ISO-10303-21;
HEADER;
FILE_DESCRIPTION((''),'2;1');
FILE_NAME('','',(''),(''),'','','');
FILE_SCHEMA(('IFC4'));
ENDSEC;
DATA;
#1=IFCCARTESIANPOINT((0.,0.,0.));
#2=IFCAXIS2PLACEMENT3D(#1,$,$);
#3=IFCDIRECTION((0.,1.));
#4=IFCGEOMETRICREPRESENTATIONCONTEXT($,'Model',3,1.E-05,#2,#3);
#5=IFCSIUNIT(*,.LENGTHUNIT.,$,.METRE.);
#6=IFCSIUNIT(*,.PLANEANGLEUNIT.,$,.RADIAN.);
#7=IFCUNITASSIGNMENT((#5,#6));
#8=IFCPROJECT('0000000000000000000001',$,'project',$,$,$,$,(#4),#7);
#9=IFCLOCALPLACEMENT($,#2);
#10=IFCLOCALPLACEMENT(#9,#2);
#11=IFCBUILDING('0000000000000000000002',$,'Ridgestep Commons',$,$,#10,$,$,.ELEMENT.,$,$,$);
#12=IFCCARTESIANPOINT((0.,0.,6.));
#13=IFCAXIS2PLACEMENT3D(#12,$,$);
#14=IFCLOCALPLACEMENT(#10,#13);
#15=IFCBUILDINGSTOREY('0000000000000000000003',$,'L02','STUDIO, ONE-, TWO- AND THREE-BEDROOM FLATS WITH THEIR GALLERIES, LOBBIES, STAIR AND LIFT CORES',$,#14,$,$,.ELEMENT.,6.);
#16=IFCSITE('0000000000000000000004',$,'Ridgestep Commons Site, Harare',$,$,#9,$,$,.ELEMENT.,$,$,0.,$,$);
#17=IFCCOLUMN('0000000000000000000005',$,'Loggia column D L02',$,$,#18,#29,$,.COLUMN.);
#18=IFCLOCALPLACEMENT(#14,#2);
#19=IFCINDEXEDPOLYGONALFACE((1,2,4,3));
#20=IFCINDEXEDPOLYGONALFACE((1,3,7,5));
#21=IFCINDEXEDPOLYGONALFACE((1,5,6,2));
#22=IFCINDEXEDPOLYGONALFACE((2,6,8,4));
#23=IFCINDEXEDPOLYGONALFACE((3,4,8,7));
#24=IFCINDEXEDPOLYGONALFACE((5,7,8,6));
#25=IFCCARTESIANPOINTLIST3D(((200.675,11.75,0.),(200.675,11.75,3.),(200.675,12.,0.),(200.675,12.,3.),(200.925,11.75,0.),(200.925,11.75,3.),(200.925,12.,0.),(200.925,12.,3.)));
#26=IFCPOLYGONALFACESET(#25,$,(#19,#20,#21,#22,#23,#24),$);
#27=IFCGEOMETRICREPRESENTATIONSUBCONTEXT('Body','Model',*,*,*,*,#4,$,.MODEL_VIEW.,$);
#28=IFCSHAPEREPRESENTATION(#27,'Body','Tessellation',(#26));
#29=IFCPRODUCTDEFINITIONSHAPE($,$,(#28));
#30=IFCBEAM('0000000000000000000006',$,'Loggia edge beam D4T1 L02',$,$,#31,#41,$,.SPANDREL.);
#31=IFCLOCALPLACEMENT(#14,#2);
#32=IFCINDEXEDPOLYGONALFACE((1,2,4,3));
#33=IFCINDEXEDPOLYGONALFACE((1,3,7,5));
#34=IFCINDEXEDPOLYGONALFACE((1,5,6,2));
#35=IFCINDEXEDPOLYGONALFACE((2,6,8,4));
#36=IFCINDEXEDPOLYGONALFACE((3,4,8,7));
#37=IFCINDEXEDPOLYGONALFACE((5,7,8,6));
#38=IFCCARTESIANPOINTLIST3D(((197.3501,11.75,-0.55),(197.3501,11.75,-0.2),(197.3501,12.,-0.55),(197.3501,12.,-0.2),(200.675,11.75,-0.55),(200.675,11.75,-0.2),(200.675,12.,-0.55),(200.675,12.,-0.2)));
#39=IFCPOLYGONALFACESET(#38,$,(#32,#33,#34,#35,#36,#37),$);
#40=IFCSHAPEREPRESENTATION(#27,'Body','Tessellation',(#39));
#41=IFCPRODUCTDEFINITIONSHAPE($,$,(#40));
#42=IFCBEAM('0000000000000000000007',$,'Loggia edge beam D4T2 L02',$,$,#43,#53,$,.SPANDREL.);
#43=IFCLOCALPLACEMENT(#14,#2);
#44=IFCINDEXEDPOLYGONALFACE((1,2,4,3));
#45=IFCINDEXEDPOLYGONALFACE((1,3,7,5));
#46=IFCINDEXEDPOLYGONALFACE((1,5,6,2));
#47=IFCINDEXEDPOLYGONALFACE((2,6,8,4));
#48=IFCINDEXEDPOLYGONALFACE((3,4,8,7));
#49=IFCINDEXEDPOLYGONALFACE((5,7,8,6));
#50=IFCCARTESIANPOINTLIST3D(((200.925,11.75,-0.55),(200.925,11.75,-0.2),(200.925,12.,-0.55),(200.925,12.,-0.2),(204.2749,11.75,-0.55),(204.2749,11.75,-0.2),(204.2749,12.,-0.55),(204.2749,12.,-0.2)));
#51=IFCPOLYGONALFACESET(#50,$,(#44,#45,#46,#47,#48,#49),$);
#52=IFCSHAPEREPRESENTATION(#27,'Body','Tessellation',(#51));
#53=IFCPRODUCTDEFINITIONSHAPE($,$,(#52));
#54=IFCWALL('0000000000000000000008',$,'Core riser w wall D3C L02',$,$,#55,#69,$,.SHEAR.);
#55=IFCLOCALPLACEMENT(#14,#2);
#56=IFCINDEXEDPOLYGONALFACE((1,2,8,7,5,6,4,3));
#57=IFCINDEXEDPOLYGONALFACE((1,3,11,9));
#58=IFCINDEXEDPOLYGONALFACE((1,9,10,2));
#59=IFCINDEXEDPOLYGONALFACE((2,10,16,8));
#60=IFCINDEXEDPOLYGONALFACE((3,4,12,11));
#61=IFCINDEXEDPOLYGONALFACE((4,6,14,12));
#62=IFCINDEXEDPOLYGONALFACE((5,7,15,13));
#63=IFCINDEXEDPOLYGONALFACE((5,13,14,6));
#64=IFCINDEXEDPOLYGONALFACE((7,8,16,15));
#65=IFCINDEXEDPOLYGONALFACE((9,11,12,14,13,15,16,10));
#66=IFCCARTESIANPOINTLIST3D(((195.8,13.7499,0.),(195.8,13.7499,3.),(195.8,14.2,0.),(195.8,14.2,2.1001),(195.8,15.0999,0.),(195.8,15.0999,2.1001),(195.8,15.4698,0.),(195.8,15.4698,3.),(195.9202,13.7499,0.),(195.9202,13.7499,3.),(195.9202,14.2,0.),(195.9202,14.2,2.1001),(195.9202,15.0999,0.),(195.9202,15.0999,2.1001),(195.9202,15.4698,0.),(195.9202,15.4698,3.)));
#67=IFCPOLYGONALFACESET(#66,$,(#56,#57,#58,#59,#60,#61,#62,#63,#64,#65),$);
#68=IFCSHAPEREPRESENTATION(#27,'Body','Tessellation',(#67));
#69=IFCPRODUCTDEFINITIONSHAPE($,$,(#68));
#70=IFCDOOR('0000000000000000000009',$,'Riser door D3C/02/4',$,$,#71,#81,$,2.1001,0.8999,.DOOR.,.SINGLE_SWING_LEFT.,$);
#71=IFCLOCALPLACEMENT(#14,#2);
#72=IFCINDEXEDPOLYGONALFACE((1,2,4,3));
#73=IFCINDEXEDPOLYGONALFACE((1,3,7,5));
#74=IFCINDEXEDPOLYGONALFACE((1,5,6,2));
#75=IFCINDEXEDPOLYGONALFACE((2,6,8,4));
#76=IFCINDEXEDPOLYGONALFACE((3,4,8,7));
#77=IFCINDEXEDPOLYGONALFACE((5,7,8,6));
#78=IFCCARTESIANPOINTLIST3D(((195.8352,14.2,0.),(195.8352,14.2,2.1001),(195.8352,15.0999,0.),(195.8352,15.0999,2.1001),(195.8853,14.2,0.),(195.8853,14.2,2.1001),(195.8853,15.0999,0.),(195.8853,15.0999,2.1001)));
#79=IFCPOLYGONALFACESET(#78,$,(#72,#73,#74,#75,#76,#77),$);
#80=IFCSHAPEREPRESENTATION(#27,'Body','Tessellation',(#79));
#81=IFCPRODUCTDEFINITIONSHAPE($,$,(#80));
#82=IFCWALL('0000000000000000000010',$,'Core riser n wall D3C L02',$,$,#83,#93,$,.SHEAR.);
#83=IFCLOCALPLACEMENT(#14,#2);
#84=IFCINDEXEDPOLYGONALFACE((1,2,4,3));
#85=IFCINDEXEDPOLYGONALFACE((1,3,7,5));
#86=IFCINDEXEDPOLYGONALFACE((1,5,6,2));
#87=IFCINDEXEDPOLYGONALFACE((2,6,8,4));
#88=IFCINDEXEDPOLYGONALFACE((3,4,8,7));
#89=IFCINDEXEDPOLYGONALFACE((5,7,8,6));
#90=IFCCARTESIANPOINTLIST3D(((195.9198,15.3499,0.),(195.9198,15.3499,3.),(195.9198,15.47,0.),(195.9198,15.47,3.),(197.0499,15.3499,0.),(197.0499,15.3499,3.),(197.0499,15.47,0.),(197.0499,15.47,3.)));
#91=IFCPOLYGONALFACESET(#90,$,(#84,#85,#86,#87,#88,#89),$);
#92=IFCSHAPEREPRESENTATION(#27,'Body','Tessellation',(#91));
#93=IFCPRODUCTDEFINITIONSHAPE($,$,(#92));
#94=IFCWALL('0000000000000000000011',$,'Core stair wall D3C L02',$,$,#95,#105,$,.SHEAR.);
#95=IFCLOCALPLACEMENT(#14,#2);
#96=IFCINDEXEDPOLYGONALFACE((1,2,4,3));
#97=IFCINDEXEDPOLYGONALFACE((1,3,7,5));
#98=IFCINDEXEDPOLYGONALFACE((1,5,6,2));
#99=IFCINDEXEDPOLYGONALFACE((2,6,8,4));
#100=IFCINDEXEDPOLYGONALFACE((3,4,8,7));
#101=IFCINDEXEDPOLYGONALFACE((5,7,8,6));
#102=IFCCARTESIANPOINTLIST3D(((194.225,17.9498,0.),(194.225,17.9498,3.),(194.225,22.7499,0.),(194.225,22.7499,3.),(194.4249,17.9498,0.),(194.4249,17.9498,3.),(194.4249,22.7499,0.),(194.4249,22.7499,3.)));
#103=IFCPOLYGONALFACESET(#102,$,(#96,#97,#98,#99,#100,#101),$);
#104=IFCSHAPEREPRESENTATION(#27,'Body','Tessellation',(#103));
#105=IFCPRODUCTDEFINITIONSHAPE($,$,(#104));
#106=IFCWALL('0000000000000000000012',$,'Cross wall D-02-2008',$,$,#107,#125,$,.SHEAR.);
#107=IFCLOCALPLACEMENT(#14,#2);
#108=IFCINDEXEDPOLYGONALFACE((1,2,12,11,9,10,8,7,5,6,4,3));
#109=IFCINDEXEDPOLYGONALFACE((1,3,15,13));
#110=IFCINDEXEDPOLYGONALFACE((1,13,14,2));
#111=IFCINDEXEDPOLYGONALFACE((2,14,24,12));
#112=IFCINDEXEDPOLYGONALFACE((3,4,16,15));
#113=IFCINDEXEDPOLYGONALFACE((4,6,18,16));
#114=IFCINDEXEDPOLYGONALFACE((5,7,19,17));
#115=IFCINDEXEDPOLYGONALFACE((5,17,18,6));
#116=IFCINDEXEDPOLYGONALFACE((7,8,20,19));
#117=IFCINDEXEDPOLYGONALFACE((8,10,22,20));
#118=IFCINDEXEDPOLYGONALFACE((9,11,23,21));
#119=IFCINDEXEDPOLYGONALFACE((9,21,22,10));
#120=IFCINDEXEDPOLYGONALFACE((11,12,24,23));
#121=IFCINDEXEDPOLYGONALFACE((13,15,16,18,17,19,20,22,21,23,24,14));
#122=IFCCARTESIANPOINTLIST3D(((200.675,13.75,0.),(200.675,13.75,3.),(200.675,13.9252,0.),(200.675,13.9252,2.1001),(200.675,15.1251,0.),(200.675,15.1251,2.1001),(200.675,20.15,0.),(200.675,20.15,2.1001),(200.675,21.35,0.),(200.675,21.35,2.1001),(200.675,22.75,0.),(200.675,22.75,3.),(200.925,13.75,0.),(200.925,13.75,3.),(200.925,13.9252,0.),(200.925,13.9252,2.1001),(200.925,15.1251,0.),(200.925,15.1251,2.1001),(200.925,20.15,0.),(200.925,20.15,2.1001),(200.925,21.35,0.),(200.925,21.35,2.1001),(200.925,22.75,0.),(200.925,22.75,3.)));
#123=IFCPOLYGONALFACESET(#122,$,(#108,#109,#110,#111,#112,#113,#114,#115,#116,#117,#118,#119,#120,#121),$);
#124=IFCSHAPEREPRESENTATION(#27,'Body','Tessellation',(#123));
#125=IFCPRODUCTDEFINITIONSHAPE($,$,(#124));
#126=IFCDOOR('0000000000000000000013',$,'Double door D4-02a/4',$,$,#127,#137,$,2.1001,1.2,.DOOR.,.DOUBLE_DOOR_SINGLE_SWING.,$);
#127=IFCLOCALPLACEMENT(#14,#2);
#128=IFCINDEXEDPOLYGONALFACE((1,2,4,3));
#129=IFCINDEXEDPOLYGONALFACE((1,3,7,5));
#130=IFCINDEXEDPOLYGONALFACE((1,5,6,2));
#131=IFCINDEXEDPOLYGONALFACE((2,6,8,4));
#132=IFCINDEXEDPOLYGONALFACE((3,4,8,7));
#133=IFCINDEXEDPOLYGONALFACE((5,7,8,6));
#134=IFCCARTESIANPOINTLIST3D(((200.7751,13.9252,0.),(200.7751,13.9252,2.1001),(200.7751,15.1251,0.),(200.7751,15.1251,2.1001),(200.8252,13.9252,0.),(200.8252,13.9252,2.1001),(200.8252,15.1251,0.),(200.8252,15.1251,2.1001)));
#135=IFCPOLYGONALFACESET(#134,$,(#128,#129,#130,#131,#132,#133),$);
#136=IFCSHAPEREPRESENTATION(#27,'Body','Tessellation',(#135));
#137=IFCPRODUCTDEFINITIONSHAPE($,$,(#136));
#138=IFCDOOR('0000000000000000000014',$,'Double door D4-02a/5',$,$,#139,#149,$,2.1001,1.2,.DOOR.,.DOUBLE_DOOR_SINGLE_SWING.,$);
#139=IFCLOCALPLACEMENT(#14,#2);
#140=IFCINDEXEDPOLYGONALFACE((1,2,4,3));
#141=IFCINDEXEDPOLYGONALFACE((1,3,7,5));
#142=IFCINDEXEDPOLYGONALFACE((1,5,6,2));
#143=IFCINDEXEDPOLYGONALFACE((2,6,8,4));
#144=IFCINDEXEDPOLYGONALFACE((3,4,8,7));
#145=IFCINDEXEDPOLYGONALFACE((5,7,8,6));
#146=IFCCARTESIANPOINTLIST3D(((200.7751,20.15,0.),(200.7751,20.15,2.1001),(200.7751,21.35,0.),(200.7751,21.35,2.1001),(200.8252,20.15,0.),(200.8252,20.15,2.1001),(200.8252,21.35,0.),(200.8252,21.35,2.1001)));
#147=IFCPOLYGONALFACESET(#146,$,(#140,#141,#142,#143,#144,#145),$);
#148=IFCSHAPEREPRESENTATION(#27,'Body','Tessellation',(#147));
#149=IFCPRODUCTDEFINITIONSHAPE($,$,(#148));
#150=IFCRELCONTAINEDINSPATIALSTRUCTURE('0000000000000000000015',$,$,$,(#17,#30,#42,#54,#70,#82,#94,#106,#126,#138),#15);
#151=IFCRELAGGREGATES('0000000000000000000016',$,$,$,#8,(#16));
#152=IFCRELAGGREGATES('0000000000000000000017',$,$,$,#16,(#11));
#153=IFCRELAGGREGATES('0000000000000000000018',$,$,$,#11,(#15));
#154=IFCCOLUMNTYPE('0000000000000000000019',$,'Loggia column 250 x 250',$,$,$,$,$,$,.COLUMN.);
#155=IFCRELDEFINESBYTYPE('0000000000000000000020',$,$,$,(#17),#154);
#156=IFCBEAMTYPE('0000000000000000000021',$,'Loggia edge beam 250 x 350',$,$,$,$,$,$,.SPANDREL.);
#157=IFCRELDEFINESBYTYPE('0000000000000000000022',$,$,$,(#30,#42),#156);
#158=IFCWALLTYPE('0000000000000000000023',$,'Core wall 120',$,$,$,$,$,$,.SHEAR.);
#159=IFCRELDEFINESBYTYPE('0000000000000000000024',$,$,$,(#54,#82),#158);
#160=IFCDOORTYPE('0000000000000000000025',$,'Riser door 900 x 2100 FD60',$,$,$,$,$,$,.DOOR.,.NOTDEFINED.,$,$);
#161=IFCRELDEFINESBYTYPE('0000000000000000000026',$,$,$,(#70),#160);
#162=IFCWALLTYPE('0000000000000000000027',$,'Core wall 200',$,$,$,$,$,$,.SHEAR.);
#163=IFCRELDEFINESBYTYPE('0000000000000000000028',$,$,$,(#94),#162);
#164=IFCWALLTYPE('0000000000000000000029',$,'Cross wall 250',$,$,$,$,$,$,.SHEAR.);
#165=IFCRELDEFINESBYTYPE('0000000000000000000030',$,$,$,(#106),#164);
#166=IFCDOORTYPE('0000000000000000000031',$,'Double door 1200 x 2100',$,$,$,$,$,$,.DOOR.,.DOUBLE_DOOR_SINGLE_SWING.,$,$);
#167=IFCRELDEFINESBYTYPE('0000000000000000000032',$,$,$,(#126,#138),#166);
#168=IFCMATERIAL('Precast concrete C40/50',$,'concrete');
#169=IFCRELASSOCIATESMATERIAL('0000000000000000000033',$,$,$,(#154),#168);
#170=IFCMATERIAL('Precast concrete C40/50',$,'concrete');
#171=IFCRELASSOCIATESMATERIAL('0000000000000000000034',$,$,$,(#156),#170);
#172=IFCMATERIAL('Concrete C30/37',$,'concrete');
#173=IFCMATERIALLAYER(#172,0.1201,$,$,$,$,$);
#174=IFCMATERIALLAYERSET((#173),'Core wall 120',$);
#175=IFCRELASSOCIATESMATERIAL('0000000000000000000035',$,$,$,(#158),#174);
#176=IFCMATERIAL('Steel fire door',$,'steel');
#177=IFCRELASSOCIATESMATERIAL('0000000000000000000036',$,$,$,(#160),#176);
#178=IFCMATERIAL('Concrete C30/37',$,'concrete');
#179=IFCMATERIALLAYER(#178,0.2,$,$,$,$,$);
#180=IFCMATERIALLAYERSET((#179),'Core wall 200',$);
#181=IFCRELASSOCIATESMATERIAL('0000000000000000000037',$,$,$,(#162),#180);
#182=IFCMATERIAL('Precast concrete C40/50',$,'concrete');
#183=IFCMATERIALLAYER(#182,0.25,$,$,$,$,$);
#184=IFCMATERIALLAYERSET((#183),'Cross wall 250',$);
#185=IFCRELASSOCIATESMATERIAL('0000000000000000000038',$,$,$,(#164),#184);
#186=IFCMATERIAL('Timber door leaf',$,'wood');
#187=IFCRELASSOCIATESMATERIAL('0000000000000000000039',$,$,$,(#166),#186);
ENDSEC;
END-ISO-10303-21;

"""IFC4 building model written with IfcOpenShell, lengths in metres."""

from ifc_helpers import new_model, si_unit, direction, frame, frame_2d, origin, origin_2d, place, context, subcontext, project, spatial, rectangle, extrude, material, layer, layer_set, material_profile, profile_set, type_object, element, fill, save


model = new_model("IFC4")

# Units and contexts
model_context = context("Model", 3, precision=1e-05, world=origin(), true_north=direction((0.0, 1.0)))
body_context = subcontext(model_context, "Body", "Model", "MODEL_VIEW")
ifc_project = project(units=[si_unit("LENGTHUNIT", "METRE"), si_unit("PLANEANGLEUNIT", "RADIAN")], contexts=[model_context])

# Site, building, storey
site_placement = place(None, origin())
site = spatial("IfcSite", under=ifc_project, at=site_placement, Name="Ridgestep Commons Site, Harare", CompositionType="ELEMENT", RefElevation=0.0)
building_placement = place(site_placement, origin())
building = spatial("IfcBuilding", under=site, at=building_placement, Name="Ridgestep Commons", CompositionType="ELEMENT")
storey_placement = place(building_placement, frame((0.0, 0.0, 6.0)))
storey = spatial("IfcBuildingStorey", under=building, at=storey_placement, Name="L02", Description="STUDIO, ONE-, TWO- AND THREE-BEDROOM FLATS WITH THEIR GALLERIES, LOBBIES, STAIR AND LIFT CORES", CompositionType="ELEMENT", Elevation=6.0)

# Column
ifc_material_1 = material(Name="Precast concrete C40/50", Category="concrete")
ifc_material_profile_1 = material_profile(ifc_material_1, rectangle(XDim=0.25, YDim=0.25, at=origin_2d()), Name="PC 250x250")
ifc_profile_set_1 = profile_set([ifc_material_profile_1], Name="Precast concrete C40/50")
column_type = type_object("IfcColumnType", Name="Loggia column 250 x 250", PredefinedType="COLUMN", material=ifc_profile_set_1)
column_placement = place(storey_placement, frame((200.8, 11.875, 0.0), z_axis=(0.0, 0.0, 1.0), x_axis=(1.0, 0.0, 0.0)))
element("IfcColumn", 1, at=column_placement, inside=storey, type_object=column_type, Name="Loggia column D L02", PredefinedType="COLUMN", context=body_context, shape_type="SweptSolid", body=[
    extrude(rectangle(XDim=0.25, YDim=0.25, at=origin_2d()), origin(), (0.0, 0.0, 1.0), 3.0),
])

# Beams
ifc_material_2 = material(Name="Precast concrete C40/50", Category="concrete")
ifc_material_profile_2 = material_profile(ifc_material_2, rectangle(XDim=0.25, YDim=0.3501, at=origin_2d()), Name="PC 250x350")
ifc_profile_set_2 = profile_set([ifc_material_profile_2], Name="Precast concrete C40/50")
beam_type = type_object("IfcBeamType", Name="Loggia edge beam 250 x 350", PredefinedType="SPANDREL", material=ifc_profile_set_2)
beam_1_placement = place(storey_placement, frame((197.3501, 11.875, -0.375), z_axis=(1.0, 0.0, 0.0), x_axis=(0.0, 1.0, 0.0)))
element("IfcBeam", 2, at=beam_1_placement, inside=storey, type_object=beam_type, Name="Loggia edge beam D4T1 L02", PredefinedType="SPANDREL", context=body_context, shape_type="SweptSolid", body=[
    extrude(rectangle(XDim=0.25, YDim=0.3501, at=origin_2d()), origin(), (0.0, 0.0, 1.0), 3.325),
])
beam_2_placement = place(storey_placement, frame((200.925, 11.875, -0.375), z_axis=(1.0, 0.0, 0.0), x_axis=(0.0, 1.0, 0.0)))
element("IfcBeam", 3, at=beam_2_placement, inside=storey, type_object=beam_type, Name="Loggia edge beam D4T2 L02", PredefinedType="SPANDREL", context=body_context, shape_type="SweptSolid", body=[
    extrude(rectangle(XDim=0.25, YDim=0.3501, at=origin_2d()), origin(), (0.0, 0.0, 1.0), 3.3499),
])

# Wall, opening, door
ifc_material_3 = material(Name="Concrete C30/37", Category="concrete")
ifc_layer_1 = layer(ifc_material_3, 0.1201)
ifc_layer_set_1 = layer_set([ifc_layer_1], Name="Core wall 120")
wall_type_1 = type_object("IfcWallType", Name="Core wall 120", PredefinedType="SHEAR", material=ifc_layer_set_1)
wall_1_placement = place(storey_placement, frame((195.8601, 13.75, 0.0), z_axis=(0.0, 0.0, 1.0), x_axis=(0.0, 1.0, 0.0)))
wall_1 = element("IfcWall", 4, at=wall_1_placement, inside=storey, type_object=wall_type_1, Name="Core riser w wall D3C L02", PredefinedType="SHEAR", context=body_context, shape_type="SweptSolid", body=[
    extrude(rectangle(XDim=1.72, YDim=0.1201, at=frame_2d((0.8599, 0.0))), origin(), (0.0, 0.0, 1.0), 3.0),
])
opening_1_placement = place(wall_1_placement, frame((0.45, 0.0, 0.0)))
opening_1 = element("IfcOpeningElement", 5, at=opening_1_placement, cuts=wall_1, PredefinedType="OPENING", context=body_context, shape_type="SweptSolid", body=[
    extrude(rectangle(XDim=0.8999, YDim=2.1001, at=frame_2d((0.45, 1.05))), frame((0.0, 0.0701, 0.0), z_axis=(0.0, -1.0, 0.0), x_axis=(1.0, 0.0, 0.0)), (0.0, 0.0, 1.0), 0.1401),
])
ifc_material_4 = material(Name="Steel fire door", Category="steel")
door_type_1 = type_object("IfcDoorType", Name="Riser door 900 x 2100 FD60", OperationType="NOTDEFINED", PredefinedType="DOOR", material=ifc_material_4)
door_1_placement = place(opening_1_placement, origin())
door_1 = element("IfcDoor", 6, at=door_1_placement, inside=storey, type_object=door_type_1, Name="Riser door D3C/02/4", OperationType="SINGLE_SWING_LEFT", OverallHeight=2.1001, OverallWidth=0.8999, PredefinedType="DOOR", context=body_context, shape_type="SweptSolid", body=[
    extrude(rectangle(XDim=0.8999, YDim=2.1001, at=frame_2d((0.45, 1.05))), frame((0.0, 0.0249, 0.0), z_axis=(0.0, -1.0, 0.0), x_axis=(1.0, 0.0, 0.0)), (0.0, 0.0, 1.0), 0.05),
])
fill(opening_1, door_1)

# Walls
wall_2_placement = place(storey_placement, frame((195.9199, 15.4099, 0.0), z_axis=(0.0, 0.0, 1.0), x_axis=(1.0, 0.0, 0.0)))
element("IfcWall", 7, at=wall_2_placement, inside=storey, type_object=wall_type_1, Name="Core riser n wall D3C L02", PredefinedType="SHEAR", context=body_context, shape_type="SweptSolid", body=[
    extrude(rectangle(XDim=1.1301, YDim=0.1201, at=frame_2d((0.5649, 0.0))), origin(), (0.0, 0.0, 1.0), 3.0),
])
ifc_material_5 = material(Name="Concrete C30/37", Category="concrete")
ifc_layer_2 = layer(ifc_material_5, 0.2)
ifc_layer_set_2 = layer_set([ifc_layer_2], Name="Core wall 200")
wall_type_2 = type_object("IfcWallType", Name="Core wall 200", PredefinedType="SHEAR", material=ifc_layer_set_2)
wall_3_placement = place(storey_placement, frame((194.325, 17.95, 0.0), z_axis=(0.0, 0.0, 1.0), x_axis=(0.0, 1.0, 0.0)))
element("IfcWall", 8, at=wall_3_placement, inside=storey, type_object=wall_type_2, Name="Core stair wall D3C L02", PredefinedType="SHEAR", context=body_context, shape_type="SweptSolid", body=[
    extrude(rectangle(XDim=4.8, YDim=0.2, at=frame_2d((2.3999, 0.0))), origin(), (0.0, 0.0, 1.0), 3.0),
])

# Wall, openings, doors
ifc_material_6 = material(Name="Precast concrete C40/50", Category="concrete")
ifc_layer_3 = layer(ifc_material_6, 0.25)
ifc_layer_set_3 = layer_set([ifc_layer_3], Name="Cross wall 250")
wall_type_3 = type_object("IfcWallType", Name="Cross wall 250", PredefinedType="SHEAR", material=ifc_layer_set_3)
wall_4_placement = place(storey_placement, frame((200.8, 13.75, 0.0), z_axis=(0.0, 0.0, 1.0), x_axis=(0.0, 1.0, 0.0)))
wall_4 = element("IfcWall", 9, at=wall_4_placement, inside=storey, type_object=wall_type_3, Name="Cross wall D-02-2008", PredefinedType="SHEAR", context=body_context, shape_type="SweptSolid", body=[
    extrude(rectangle(XDim=9.0, YDim=0.25, at=frame_2d((4.5, 0.0))), origin(), (0.0, 0.0, 1.0), 3.0),
])
opening_2_placement = place(wall_4_placement, frame((0.175, 0.0, 0.0)))
opening_2 = element("IfcOpeningElement", 10, at=opening_2_placement, cuts=wall_4, PredefinedType="OPENING", context=body_context, shape_type="SweptSolid", body=[
    extrude(rectangle(XDim=1.2, YDim=2.1001, at=frame_2d((0.6001, 1.05))), frame((0.0, 0.135, 0.0), z_axis=(0.0, -1.0, 0.0), x_axis=(1.0, 0.0, 0.0)), (0.0, 0.0, 1.0), 0.27),
])
opening_3_placement = place(wall_4_placement, frame((6.3999, 0.0, 0.0)))
opening_3 = element("IfcOpeningElement", 11, at=opening_3_placement, cuts=wall_4, PredefinedType="OPENING", context=body_context, shape_type="SweptSolid", body=[
    extrude(rectangle(XDim=1.2, YDim=2.1001, at=frame_2d((0.6001, 1.05))), frame((0.0, 0.135, 0.0), z_axis=(0.0, -1.0, 0.0), x_axis=(1.0, 0.0, 0.0)), (0.0, 0.0, 1.0), 0.27),
])
ifc_material_7 = material(Name="Timber door leaf", Category="wood")
door_type_2 = type_object("IfcDoorType", Name="Double door 1200 x 2100", OperationType="DOUBLE_DOOR_SINGLE_SWING", PredefinedType="DOOR", material=ifc_material_7)
door_2_placement = place(opening_2_placement, origin())
door_2 = element("IfcDoor", 12, at=door_2_placement, inside=storey, type_object=door_type_2, Name="Double door D4-02a/4", OperationType="DOUBLE_DOOR_SINGLE_SWING", OverallHeight=2.1001, OverallWidth=1.2, PredefinedType="DOOR", context=body_context, shape_type="SweptSolid", body=[
    extrude(rectangle(XDim=1.2, YDim=2.1001, at=frame_2d((0.6001, 1.05))), frame((0.0, 0.0249, 0.0), z_axis=(0.0, -1.0, 0.0), x_axis=(1.0, 0.0, 0.0)), (0.0, 0.0, 1.0), 0.05),
])
fill(opening_2, door_2)
door_3_placement = place(opening_3_placement, origin())
door_3 = element("IfcDoor", 13, at=door_3_placement, inside=storey, type_object=door_type_2, Name="Double door D4-02a/5", OperationType="DOUBLE_DOOR_SINGLE_SWING", OverallHeight=2.1001, OverallWidth=1.2, PredefinedType="DOOR", context=body_context, shape_type="SweptSolid", body=[
    extrude(rectangle(XDim=1.2, YDim=2.1001, at=frame_2d((0.6001, 1.05))), frame((0.0, 0.0249, 0.0), z_axis=(0.0, -1.0, 0.0), x_axis=(1.0, 0.0, 0.0)), (0.0, 0.0, 1.0), 0.05),
])
fill(opening_3, door_3)

save(model, "model.ifc")
